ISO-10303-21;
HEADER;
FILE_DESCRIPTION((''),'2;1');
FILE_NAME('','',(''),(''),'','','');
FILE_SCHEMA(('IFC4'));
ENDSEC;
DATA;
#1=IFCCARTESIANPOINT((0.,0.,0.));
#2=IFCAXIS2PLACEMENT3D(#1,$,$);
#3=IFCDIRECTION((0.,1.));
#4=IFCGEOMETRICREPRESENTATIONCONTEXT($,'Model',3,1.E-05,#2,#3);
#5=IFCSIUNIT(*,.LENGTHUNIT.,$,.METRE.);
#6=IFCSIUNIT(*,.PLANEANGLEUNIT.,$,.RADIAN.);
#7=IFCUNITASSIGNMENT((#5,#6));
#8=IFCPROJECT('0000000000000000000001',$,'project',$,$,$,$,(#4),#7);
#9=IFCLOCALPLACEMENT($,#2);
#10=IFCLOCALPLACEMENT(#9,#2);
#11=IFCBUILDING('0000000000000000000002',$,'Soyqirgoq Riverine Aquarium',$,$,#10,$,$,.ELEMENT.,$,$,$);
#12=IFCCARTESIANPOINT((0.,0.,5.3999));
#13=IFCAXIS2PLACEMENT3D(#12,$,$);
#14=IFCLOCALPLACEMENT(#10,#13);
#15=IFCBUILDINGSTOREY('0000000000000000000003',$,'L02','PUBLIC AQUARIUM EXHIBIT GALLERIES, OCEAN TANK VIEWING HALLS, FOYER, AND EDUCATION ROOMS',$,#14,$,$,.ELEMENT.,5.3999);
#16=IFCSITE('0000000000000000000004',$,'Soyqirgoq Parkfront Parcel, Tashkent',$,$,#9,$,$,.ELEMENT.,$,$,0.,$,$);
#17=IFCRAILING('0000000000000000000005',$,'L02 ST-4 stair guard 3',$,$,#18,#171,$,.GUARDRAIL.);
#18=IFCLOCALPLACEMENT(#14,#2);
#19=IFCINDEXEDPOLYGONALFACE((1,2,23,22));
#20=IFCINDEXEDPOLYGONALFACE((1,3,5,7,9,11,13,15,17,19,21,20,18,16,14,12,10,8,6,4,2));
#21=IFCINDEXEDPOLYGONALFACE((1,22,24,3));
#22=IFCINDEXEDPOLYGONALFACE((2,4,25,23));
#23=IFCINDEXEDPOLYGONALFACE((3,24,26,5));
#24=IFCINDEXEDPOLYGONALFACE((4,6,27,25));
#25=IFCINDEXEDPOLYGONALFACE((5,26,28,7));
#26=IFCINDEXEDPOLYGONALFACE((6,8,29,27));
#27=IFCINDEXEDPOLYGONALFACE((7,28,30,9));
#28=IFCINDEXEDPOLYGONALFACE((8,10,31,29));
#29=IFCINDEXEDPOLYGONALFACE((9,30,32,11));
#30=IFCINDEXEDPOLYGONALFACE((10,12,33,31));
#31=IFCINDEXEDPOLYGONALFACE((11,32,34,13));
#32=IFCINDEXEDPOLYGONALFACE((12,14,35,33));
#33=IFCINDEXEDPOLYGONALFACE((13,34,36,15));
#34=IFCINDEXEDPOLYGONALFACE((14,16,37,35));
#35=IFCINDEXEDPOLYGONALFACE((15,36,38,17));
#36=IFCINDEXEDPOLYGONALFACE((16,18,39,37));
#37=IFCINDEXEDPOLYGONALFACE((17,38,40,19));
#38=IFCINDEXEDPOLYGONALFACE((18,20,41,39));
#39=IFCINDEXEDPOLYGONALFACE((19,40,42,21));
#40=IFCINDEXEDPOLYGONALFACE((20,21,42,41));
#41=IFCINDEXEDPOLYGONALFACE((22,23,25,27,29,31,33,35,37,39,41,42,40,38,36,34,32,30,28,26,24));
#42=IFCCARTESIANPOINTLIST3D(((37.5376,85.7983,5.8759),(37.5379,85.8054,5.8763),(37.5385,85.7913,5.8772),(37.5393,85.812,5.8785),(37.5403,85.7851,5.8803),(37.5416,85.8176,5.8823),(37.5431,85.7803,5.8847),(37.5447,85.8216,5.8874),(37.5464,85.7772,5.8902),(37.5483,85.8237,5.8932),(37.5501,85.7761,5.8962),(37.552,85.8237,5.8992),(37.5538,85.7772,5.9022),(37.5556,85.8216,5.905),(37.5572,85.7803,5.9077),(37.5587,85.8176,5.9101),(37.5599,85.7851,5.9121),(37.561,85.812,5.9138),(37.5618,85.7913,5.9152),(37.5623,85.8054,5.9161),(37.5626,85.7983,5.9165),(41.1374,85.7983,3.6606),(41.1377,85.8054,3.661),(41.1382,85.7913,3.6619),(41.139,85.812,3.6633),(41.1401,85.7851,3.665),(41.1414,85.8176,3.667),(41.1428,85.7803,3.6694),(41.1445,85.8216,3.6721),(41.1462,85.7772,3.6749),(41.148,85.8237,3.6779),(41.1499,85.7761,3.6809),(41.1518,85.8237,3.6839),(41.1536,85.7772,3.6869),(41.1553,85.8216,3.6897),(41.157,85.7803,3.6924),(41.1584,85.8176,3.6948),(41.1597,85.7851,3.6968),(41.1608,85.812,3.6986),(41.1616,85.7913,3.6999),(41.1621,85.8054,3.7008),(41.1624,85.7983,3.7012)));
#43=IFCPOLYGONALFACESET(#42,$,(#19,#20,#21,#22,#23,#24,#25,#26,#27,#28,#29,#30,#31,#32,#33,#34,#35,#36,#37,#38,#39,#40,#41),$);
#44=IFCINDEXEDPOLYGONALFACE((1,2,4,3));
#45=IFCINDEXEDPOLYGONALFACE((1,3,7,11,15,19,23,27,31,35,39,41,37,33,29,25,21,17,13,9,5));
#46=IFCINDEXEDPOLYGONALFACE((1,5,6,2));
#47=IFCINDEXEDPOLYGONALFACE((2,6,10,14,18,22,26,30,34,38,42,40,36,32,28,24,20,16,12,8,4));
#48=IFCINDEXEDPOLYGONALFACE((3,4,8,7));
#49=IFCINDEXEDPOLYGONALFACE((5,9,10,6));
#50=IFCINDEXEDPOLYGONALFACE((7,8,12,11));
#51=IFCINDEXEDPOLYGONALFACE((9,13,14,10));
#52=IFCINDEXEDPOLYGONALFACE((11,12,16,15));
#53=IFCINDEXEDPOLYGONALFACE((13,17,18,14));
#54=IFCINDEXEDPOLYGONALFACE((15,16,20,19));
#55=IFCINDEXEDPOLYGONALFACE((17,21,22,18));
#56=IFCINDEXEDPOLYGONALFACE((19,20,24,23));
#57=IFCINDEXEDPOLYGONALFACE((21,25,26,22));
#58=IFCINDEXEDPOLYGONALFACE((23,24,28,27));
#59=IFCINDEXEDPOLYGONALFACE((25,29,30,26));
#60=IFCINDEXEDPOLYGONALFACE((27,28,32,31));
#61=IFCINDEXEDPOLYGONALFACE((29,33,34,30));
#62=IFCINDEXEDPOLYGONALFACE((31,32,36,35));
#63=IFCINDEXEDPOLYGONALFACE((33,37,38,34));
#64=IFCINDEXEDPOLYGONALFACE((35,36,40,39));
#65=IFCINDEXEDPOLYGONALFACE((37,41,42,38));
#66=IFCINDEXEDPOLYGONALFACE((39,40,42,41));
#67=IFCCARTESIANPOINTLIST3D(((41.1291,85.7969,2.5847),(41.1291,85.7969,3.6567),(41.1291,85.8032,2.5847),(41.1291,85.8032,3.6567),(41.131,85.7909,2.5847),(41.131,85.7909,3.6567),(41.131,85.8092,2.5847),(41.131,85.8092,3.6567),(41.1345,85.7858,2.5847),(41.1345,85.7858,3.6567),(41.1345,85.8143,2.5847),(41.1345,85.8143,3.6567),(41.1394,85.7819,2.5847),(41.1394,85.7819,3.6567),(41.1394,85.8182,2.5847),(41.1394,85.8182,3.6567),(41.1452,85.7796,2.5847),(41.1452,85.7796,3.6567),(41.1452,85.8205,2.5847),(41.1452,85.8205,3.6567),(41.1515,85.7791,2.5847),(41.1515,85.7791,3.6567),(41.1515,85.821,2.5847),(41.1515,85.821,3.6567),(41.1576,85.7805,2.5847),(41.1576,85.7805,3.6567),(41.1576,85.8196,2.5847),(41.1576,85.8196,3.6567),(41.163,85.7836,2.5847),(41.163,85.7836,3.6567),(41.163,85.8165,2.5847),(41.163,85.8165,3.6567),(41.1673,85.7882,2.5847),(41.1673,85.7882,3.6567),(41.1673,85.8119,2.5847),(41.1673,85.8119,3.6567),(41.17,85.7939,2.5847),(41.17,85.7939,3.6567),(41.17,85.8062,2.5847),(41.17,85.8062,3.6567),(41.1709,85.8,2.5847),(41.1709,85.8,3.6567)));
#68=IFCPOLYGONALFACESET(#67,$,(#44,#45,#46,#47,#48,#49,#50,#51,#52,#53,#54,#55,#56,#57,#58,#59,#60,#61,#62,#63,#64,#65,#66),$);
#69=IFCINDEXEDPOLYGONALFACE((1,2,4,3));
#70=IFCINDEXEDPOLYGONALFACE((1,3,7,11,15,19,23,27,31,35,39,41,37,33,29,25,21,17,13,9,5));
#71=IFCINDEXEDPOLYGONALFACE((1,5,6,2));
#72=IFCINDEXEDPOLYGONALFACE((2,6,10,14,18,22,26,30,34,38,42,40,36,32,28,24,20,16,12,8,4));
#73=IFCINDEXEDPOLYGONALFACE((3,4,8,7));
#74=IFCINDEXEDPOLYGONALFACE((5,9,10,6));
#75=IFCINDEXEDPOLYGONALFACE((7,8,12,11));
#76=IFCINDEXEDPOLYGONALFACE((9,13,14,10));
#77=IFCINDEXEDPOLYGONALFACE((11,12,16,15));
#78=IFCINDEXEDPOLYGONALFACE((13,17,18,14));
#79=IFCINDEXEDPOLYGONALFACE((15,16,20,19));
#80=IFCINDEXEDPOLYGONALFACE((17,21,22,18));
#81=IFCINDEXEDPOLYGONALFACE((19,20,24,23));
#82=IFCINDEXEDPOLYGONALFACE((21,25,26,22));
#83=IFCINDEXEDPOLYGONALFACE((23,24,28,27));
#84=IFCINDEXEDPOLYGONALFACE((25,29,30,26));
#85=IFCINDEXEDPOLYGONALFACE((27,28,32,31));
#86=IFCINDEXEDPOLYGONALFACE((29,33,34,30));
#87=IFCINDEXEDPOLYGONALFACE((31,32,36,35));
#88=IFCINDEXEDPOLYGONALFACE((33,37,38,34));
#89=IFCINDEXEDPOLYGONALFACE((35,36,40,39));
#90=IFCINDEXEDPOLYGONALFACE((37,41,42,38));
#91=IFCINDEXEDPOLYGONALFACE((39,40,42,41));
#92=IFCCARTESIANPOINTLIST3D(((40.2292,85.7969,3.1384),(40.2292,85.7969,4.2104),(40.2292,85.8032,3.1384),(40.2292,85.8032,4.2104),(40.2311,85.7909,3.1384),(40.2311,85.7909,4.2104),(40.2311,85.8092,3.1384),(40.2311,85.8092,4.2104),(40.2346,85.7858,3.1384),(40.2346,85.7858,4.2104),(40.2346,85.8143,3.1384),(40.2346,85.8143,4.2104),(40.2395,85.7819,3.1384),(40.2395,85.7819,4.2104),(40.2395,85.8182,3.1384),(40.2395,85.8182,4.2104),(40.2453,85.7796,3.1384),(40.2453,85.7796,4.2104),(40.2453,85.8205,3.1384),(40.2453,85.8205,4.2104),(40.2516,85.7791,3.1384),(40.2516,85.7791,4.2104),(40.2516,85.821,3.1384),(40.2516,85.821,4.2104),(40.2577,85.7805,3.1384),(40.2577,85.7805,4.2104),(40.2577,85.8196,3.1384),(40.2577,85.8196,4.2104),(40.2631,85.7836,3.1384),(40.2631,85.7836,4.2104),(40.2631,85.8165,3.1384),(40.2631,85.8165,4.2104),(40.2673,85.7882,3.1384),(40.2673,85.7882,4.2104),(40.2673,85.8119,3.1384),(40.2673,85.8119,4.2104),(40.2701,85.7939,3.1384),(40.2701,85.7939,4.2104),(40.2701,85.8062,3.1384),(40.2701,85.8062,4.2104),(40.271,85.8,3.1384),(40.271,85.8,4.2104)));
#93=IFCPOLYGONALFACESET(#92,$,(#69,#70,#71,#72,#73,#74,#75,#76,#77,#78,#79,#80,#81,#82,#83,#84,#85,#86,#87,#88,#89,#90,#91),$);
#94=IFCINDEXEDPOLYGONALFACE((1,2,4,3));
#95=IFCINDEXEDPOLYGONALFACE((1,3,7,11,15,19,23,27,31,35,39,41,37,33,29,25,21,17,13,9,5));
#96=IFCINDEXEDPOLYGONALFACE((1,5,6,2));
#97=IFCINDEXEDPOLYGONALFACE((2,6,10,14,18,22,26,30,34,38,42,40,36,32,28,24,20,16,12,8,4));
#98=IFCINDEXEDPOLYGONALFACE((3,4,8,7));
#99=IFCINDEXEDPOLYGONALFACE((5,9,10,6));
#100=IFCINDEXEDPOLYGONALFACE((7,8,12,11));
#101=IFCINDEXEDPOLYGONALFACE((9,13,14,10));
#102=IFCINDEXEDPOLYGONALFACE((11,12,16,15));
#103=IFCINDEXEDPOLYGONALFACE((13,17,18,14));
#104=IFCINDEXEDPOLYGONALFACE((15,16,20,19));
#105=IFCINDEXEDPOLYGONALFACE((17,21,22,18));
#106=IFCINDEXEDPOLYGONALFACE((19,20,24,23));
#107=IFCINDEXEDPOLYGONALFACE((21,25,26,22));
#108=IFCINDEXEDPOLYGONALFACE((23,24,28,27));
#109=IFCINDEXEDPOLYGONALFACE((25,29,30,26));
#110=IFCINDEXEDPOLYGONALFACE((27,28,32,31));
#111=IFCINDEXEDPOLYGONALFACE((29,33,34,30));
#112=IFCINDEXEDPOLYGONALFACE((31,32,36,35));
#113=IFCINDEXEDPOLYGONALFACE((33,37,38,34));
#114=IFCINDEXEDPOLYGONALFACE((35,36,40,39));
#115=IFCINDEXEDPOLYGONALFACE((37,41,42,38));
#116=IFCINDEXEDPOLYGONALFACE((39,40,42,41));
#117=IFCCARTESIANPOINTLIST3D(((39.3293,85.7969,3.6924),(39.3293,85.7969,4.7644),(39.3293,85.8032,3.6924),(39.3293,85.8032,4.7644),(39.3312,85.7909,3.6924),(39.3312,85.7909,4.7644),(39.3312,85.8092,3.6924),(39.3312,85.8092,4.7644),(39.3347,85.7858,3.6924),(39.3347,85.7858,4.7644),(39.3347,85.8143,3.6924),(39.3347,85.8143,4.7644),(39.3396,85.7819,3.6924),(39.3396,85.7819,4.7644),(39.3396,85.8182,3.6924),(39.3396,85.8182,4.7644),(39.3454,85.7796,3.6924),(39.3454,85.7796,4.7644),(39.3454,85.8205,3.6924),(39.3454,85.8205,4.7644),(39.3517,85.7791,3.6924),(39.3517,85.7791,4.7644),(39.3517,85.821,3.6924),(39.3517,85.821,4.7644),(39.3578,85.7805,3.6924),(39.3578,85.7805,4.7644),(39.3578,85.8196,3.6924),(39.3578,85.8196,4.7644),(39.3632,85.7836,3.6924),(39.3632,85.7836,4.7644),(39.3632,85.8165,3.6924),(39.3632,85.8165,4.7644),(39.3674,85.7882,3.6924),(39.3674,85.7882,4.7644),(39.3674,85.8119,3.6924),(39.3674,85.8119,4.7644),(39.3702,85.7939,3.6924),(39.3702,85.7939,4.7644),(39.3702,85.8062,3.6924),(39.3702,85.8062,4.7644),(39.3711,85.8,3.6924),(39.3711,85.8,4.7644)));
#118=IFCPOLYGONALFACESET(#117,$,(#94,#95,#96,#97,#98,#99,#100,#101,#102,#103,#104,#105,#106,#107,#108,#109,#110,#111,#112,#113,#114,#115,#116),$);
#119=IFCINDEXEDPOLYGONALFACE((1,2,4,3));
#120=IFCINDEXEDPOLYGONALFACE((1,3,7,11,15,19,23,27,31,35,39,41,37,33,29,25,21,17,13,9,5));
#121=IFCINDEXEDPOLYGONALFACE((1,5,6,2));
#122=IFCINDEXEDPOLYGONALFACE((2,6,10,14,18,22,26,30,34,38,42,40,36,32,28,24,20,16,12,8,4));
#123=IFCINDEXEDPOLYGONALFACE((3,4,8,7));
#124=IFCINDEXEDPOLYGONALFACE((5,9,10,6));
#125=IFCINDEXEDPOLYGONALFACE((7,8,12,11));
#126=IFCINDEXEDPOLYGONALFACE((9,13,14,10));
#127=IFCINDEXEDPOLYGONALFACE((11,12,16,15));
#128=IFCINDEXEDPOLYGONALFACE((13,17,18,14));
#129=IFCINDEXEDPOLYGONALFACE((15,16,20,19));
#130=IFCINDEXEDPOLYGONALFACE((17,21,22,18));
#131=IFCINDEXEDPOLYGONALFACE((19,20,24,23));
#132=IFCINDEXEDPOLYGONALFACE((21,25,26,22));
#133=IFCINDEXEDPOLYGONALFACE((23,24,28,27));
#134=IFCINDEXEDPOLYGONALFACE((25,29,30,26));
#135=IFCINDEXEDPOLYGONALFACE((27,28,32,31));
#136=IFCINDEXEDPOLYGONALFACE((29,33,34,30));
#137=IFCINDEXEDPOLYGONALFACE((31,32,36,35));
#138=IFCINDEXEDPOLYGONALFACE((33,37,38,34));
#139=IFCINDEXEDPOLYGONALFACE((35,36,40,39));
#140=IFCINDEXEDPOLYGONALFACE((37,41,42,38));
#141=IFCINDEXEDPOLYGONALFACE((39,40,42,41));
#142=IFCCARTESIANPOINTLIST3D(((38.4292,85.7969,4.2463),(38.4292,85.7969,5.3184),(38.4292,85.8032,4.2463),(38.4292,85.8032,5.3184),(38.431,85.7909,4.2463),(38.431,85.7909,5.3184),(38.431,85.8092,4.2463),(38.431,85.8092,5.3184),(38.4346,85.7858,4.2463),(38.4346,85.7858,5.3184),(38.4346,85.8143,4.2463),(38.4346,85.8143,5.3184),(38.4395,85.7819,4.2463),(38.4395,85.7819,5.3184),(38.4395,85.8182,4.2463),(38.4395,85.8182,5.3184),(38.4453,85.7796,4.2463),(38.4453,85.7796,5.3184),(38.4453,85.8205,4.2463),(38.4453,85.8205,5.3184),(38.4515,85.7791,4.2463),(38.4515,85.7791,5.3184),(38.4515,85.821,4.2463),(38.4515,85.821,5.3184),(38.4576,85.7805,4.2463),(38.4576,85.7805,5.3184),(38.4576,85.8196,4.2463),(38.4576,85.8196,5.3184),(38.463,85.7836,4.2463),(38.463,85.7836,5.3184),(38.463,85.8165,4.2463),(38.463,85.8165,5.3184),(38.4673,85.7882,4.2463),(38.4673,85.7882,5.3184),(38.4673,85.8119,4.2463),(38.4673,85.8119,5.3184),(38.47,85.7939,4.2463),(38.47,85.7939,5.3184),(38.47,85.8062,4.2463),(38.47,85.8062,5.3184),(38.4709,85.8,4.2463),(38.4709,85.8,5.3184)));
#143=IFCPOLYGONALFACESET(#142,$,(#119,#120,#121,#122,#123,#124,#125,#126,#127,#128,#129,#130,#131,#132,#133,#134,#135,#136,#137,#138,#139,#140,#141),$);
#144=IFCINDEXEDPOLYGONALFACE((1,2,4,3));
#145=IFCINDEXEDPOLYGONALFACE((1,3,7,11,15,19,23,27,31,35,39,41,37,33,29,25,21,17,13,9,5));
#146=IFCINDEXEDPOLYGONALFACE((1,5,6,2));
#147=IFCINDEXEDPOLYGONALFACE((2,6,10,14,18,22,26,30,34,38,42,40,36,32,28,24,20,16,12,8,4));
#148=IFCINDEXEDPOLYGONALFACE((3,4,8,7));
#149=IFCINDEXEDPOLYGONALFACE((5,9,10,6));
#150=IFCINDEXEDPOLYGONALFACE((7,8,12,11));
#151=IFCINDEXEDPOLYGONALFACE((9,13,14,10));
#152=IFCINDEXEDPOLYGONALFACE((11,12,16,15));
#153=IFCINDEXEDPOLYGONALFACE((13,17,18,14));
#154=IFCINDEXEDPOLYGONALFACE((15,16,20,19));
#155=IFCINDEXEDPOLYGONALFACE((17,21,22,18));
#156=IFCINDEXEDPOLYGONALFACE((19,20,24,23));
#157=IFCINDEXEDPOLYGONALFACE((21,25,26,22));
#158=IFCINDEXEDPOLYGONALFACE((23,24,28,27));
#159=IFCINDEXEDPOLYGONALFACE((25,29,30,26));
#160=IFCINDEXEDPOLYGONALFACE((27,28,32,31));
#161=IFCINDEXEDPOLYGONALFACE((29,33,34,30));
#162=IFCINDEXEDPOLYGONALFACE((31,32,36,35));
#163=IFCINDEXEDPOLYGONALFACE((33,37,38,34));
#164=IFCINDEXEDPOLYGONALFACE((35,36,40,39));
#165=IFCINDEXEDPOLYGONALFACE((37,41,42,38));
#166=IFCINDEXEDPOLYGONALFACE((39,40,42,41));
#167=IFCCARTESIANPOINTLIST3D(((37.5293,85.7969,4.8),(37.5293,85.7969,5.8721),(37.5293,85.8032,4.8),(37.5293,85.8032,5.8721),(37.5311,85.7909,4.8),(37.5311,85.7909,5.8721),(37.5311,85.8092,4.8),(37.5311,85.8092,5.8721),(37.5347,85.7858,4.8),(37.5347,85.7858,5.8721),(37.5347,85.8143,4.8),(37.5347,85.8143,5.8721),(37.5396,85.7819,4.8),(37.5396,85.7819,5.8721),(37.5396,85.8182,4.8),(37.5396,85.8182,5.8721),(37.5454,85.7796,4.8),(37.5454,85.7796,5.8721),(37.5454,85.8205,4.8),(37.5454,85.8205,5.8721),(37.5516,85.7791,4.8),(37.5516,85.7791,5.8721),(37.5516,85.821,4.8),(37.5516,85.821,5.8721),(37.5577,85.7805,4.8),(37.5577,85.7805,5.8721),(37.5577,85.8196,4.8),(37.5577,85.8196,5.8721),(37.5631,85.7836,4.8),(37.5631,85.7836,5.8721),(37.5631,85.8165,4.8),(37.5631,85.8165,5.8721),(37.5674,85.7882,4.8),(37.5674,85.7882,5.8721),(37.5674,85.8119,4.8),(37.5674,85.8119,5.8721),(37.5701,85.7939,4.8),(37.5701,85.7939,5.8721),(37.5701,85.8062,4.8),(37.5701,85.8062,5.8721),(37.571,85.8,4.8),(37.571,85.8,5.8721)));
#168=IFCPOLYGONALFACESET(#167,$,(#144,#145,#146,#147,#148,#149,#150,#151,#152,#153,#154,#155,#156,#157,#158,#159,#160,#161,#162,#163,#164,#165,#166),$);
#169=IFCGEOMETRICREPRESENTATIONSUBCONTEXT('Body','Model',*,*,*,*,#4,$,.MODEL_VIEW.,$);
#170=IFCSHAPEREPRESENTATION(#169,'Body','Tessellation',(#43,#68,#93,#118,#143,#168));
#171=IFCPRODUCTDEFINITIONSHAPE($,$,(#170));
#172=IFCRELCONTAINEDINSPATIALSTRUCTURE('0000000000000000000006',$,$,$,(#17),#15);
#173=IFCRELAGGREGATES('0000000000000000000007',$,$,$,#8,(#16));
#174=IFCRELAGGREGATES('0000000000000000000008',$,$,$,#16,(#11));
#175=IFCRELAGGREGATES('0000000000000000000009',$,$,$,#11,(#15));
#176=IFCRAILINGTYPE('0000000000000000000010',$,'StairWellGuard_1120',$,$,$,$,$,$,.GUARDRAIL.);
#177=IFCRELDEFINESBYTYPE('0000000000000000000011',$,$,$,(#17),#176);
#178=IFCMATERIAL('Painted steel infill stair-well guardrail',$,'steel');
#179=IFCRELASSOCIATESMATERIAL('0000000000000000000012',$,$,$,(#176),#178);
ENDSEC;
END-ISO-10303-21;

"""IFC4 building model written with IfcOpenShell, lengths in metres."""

from ifc_helpers import new_model, si_unit, direction, frame, origin, origin_2d, place, context, subcontext, project, spatial, circle, extrude, material, type_object, element, save


model = new_model("IFC4")

# Units and contexts
model_context = context("Model", 3, precision=1e-05, world=origin(), true_north=direction((0.0, 1.0)))
body_context = subcontext(model_context, "Body", "Model", "MODEL_VIEW")
ifc_project = project(units=[si_unit("LENGTHUNIT", "METRE"), si_unit("PLANEANGLEUNIT", "RADIAN")], contexts=[model_context])

# Site, building, storey
site_placement = place(None, origin())
site = spatial("IfcSite", under=ifc_project, at=site_placement, Name="Soyqirgoq Parkfront Parcel, Tashkent", CompositionType="ELEMENT", RefElevation=0.0)
building_placement = place(site_placement, origin())
building = spatial("IfcBuilding", under=site, at=building_placement, Name="Soyqirgoq Riverine Aquarium", CompositionType="ELEMENT")
storey_placement = place(building_placement, frame((0.0, 0.0, 5.3999)))
storey = spatial("IfcBuildingStorey", under=building, at=storey_placement, Name="L02", Description="PUBLIC AQUARIUM EXHIBIT GALLERIES, OCEAN TANK VIEWING HALLS, FOYER, AND EDUCATION ROOMS", CompositionType="ELEMENT", Elevation=5.3999)

# Railing
ifc_material_1 = material(Name="Painted steel infill stair-well guardrail", Category="steel")
railing_type_1 = type_object("IfcRailingType", Name="StairWellGuard_1120", PredefinedType="GUARDRAIL", material=ifc_material_1)
railing_1_placement = place(storey_placement, frame((41.1499, 85.8, 2.5847)))
element("IfcRailing", 1, at=railing_1_placement, inside=storey, type_object=railing_type_1, Name="L02 ST-4 stair guard 3", PredefinedType="GUARDRAIL", context=body_context, shape_type="SweptSolid", body=[
    extrude(circle(Radius=0.0239, at=origin_2d()), frame((0.0, 0.0, 1.0962), z_axis=(-0.851654, 0.0, 0.524104), x_axis=(0.0, -1.0, 0.0)), (0.0, 0.0, 1.0), 4.2268),
    extrude(circle(Radius=0.021, at=origin_2d()), origin(), (0.0, 0.0, 1.0), 1.072),
    extrude(circle(Radius=0.021, at=origin_2d()), frame((-0.8999, 0.0, 0.5537)), (0.0, 0.0, 1.0), 1.072),
    extrude(circle(Radius=0.021, at=origin_2d()), frame((-1.7998, 0.0, 1.1077)), (0.0, 0.0, 1.0), 1.072),
    extrude(circle(Radius=0.021, at=origin_2d()), frame((-2.7, 0.0, 1.6616)), (0.0, 0.0, 1.0), 1.072),
    extrude(circle(Radius=0.021, at=origin_2d()), frame((-3.5999, 0.0, 2.2153)), (0.0, 0.0, 1.0), 1.072),
])

save(model, "model.ifc")
